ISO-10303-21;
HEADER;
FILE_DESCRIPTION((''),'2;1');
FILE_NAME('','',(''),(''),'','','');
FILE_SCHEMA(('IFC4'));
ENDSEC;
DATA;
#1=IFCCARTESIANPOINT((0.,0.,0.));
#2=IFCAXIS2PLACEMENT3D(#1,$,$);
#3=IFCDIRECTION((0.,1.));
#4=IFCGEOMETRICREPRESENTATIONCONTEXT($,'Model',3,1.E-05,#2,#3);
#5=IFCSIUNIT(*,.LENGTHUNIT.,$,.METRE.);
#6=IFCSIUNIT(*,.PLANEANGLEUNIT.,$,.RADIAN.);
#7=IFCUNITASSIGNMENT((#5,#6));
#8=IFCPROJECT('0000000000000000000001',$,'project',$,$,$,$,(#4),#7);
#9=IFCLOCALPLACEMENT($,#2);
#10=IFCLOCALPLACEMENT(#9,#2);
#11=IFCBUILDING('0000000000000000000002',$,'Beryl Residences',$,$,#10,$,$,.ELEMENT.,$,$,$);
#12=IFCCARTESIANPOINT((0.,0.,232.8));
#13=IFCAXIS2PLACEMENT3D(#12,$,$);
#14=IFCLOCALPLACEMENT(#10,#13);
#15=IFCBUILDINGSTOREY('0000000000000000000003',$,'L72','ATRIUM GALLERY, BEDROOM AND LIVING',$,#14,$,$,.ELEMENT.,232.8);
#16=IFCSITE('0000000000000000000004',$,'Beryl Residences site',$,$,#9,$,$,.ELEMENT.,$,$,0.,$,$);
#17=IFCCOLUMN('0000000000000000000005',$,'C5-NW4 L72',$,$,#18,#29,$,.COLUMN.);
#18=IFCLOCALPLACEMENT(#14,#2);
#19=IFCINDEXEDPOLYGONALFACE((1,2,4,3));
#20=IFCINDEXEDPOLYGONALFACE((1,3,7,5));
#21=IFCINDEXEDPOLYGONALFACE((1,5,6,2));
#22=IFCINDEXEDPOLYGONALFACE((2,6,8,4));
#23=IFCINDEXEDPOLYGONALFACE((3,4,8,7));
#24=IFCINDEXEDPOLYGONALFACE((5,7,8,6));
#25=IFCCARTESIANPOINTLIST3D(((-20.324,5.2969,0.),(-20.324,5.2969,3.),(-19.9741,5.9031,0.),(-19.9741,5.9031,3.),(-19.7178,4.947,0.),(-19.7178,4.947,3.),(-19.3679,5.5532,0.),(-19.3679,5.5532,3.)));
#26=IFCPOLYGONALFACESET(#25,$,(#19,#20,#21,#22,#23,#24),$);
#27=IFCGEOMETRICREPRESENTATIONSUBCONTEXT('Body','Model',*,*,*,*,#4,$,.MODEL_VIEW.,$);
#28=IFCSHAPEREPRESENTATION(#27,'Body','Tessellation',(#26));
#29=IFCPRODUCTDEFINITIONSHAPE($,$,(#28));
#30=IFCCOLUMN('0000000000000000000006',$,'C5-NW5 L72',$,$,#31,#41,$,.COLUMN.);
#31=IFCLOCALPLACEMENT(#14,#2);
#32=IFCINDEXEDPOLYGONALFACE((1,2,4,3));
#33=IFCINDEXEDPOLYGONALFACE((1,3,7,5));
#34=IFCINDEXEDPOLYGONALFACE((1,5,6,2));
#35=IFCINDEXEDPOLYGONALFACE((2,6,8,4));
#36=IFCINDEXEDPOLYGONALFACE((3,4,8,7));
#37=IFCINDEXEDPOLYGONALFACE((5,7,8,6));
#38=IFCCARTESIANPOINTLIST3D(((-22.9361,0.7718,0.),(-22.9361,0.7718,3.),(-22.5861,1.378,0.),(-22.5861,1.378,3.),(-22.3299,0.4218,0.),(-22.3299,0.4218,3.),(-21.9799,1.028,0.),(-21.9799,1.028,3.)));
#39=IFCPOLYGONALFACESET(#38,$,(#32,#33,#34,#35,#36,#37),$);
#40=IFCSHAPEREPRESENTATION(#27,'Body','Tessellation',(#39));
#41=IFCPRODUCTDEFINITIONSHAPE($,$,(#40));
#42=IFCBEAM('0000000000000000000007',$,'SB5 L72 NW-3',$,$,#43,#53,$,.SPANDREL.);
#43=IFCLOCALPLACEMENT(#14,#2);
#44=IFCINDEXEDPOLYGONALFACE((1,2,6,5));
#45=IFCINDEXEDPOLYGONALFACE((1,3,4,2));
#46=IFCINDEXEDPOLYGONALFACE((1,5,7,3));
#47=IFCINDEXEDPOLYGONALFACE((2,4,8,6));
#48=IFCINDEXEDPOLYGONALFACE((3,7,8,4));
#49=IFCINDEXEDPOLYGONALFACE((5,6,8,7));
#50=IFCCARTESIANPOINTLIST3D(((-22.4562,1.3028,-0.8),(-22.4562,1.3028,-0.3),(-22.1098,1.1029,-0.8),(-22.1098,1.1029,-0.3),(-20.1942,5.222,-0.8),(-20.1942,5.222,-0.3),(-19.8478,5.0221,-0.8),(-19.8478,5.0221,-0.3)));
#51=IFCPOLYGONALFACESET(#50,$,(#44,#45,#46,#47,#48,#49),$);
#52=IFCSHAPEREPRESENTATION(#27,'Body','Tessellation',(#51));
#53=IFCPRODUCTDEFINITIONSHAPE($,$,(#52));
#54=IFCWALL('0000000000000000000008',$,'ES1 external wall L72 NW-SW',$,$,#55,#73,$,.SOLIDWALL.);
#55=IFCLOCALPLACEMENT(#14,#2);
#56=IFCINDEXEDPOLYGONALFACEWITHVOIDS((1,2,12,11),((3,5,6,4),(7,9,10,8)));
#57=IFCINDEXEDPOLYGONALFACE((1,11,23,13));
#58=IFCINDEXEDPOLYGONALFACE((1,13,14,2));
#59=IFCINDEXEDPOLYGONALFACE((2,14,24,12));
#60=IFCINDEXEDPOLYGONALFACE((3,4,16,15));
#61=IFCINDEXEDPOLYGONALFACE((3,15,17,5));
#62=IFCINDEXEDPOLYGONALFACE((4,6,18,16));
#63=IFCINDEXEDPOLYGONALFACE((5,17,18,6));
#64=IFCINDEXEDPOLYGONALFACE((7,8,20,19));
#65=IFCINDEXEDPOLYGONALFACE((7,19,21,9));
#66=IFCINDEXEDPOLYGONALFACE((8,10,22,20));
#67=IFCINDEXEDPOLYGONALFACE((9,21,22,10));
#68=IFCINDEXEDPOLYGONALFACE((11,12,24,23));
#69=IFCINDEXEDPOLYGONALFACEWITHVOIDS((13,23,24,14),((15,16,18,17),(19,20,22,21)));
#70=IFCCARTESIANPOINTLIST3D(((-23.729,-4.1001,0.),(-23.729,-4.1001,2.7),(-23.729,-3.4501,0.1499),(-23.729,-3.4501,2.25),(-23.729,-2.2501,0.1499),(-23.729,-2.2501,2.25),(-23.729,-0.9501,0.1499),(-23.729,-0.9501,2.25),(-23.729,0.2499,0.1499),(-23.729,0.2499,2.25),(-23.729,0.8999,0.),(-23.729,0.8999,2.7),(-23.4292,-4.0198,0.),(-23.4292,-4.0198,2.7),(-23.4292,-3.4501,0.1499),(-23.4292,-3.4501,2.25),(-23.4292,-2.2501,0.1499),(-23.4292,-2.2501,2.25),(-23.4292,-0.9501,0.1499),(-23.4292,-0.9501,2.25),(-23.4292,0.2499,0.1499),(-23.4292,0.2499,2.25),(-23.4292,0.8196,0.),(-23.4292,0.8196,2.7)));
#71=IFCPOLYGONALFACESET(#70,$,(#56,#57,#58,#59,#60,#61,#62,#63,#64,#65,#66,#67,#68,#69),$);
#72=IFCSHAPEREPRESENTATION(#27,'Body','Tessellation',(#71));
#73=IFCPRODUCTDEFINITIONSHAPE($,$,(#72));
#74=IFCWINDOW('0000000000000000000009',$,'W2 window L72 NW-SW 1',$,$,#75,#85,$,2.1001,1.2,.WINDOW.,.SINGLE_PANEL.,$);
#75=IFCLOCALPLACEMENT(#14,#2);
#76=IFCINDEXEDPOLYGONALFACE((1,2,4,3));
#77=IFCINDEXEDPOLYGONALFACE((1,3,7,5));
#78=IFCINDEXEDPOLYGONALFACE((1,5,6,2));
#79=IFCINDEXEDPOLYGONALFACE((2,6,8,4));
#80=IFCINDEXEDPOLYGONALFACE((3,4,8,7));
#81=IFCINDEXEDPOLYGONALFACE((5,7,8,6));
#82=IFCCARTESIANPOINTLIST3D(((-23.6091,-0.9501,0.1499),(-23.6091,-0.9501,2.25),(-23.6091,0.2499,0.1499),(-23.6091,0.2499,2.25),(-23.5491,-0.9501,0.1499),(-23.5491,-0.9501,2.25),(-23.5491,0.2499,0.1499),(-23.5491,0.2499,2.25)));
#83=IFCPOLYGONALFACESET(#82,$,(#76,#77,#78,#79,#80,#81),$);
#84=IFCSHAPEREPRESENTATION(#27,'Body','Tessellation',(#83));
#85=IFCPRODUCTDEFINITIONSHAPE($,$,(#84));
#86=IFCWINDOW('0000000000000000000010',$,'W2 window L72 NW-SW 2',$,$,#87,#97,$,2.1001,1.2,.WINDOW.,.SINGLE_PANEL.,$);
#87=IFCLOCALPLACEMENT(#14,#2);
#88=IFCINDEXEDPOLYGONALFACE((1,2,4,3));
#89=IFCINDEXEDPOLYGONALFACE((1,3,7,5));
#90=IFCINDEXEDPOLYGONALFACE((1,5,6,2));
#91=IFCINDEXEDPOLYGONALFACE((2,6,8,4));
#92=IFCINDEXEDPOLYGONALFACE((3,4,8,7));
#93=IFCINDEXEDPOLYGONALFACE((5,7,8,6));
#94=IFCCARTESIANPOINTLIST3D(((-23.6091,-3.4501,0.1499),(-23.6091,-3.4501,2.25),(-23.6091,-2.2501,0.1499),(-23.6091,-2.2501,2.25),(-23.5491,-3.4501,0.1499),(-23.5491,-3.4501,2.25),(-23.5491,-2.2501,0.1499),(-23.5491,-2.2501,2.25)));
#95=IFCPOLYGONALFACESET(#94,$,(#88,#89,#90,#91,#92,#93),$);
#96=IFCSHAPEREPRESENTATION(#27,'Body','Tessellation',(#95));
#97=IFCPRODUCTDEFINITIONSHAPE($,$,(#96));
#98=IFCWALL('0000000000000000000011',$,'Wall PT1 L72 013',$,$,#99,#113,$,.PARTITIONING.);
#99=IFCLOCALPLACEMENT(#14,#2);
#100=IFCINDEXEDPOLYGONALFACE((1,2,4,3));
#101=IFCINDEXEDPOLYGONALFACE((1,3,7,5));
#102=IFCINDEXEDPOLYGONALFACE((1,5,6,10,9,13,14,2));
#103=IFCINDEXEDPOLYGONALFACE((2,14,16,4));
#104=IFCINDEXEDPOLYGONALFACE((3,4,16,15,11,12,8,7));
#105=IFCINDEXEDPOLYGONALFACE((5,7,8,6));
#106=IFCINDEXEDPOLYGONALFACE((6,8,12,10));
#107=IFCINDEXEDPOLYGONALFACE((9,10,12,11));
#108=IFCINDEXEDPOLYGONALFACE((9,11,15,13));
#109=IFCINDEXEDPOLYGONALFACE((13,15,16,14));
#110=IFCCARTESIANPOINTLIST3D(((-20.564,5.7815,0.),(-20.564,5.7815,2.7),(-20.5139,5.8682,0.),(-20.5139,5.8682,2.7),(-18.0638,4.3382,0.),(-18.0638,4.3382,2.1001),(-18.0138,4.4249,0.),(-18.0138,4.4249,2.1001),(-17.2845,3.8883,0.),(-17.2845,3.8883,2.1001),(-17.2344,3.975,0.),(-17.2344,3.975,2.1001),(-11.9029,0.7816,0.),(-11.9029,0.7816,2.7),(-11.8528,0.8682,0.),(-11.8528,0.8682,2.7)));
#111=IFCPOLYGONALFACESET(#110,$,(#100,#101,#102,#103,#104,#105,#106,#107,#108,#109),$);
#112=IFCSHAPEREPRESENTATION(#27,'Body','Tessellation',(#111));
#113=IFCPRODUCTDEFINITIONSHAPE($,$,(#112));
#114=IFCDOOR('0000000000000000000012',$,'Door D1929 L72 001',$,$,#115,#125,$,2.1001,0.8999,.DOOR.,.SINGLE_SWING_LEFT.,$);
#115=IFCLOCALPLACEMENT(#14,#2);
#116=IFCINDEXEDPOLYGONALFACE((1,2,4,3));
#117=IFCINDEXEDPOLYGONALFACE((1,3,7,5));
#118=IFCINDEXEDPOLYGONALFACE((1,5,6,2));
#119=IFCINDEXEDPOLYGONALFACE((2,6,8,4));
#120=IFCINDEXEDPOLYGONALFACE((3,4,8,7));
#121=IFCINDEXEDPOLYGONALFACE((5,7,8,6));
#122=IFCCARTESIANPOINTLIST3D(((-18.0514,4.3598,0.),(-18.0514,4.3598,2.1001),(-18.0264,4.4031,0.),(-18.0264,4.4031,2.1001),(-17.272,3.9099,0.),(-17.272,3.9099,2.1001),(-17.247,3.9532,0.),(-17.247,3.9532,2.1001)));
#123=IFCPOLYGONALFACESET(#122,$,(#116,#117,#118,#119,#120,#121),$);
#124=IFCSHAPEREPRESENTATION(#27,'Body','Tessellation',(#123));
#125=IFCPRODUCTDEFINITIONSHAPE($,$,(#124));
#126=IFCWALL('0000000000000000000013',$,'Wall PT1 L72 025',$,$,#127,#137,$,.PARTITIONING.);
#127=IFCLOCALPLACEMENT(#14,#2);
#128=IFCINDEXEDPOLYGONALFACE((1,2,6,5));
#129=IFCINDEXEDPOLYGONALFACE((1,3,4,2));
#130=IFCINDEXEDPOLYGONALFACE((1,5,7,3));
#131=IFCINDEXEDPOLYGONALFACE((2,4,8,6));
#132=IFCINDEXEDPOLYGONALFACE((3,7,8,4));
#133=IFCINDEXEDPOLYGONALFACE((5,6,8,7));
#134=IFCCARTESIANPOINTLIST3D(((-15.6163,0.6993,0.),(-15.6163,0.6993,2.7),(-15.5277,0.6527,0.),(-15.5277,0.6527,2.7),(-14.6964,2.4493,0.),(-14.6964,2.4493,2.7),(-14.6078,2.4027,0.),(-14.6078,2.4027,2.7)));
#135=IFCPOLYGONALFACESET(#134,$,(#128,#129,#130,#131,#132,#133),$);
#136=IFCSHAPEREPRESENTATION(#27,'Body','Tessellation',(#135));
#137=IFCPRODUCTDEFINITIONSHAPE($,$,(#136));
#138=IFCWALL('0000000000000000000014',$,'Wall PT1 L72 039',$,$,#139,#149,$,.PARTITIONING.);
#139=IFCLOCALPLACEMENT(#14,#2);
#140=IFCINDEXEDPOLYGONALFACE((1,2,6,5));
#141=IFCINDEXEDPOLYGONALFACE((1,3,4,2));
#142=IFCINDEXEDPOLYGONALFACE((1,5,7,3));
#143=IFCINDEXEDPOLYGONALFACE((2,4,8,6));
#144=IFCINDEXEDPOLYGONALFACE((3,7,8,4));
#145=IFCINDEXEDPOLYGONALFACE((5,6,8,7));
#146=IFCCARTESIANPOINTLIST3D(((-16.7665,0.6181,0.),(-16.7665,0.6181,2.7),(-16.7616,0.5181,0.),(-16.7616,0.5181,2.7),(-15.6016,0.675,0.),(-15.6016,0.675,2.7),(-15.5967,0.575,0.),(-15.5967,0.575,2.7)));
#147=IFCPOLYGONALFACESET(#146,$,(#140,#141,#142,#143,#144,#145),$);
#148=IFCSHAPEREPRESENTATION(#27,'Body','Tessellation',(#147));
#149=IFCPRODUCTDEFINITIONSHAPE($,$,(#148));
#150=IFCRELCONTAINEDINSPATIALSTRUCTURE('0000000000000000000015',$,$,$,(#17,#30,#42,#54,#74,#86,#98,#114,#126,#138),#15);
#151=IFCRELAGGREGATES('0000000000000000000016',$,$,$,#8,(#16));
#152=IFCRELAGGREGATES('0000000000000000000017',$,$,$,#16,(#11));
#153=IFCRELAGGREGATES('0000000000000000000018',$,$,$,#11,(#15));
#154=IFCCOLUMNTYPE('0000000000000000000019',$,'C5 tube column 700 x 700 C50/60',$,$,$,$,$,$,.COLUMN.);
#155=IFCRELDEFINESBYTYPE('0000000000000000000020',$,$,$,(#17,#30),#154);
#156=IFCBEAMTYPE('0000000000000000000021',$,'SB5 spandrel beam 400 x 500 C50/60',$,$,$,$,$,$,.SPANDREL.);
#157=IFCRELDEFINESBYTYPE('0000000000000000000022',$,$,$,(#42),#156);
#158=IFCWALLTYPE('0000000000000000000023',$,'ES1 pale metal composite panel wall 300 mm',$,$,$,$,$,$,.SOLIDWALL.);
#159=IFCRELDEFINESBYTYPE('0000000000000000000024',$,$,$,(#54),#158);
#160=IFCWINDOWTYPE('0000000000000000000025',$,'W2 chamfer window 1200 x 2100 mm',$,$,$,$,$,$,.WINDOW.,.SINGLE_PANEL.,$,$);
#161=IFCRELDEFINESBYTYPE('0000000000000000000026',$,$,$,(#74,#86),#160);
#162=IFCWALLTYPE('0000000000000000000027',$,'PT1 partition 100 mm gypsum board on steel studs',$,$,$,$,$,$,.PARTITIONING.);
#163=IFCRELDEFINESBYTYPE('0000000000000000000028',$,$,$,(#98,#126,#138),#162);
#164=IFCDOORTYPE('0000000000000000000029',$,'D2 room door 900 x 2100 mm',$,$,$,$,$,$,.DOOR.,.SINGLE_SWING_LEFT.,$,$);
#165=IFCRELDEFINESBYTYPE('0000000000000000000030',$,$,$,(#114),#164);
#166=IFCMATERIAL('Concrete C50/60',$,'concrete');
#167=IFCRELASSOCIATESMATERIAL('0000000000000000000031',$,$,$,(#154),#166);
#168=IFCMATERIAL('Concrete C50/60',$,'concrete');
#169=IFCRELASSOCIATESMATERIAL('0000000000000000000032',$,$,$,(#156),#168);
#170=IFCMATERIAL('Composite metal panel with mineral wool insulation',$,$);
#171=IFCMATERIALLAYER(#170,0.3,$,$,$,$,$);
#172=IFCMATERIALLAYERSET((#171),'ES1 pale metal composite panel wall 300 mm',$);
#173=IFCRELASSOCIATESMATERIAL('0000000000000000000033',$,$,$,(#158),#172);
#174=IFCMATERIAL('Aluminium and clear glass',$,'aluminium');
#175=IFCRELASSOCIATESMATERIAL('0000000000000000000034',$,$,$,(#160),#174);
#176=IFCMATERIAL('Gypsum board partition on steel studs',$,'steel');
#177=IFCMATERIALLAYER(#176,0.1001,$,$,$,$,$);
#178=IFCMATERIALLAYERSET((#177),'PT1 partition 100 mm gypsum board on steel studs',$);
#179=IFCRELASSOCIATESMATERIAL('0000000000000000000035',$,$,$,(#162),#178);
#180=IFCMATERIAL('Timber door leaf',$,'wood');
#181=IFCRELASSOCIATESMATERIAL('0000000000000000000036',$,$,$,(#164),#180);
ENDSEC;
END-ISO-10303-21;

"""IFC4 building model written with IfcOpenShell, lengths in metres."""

from ifc_helpers import new_model, si_unit, direction, frame, frame_2d, origin, origin_2d, place, context, subcontext, project, spatial, polyline, rectangle, outline, extrude, material, layer, layer_set, material_profile, profile_set, type_object, element, fill, save


model = new_model("IFC4")

# Units and contexts
model_context = context("Model", 3, precision=1e-05, world=origin(), true_north=direction((0.0, 1.0)))
body_context = subcontext(model_context, "Body", "Model", "MODEL_VIEW")
ifc_project = project(units=[si_unit("LENGTHUNIT", "METRE"), si_unit("PLANEANGLEUNIT", "RADIAN")], contexts=[model_context])

# Site, building, storey
site_placement = place(None, origin())
site = spatial("IfcSite", under=ifc_project, at=site_placement, Name="Beryl Residences site", CompositionType="ELEMENT", RefElevation=0.0)
building_placement = place(site_placement, origin())
building = spatial("IfcBuilding", under=site, at=building_placement, Name="Beryl Residences", CompositionType="ELEMENT")
storey_placement = place(building_placement, frame((0.0, 0.0, 232.8)))
storey = spatial("IfcBuildingStorey", under=building, at=storey_placement, Name="L72", Description="ATRIUM GALLERY, BEDROOM AND LIVING", CompositionType="ELEMENT", Elevation=232.8)

# Columns
ifc_material_1 = material(Name="Concrete C50/60", Category="concrete")
ifc_material_profile_1 = material_profile(ifc_material_1, rectangle(XDim=0.7, YDim=0.7, at=origin_2d()))
ifc_profile_set_1 = profile_set([ifc_material_profile_1], Name="Concrete C50/60")
column_type = type_object("IfcColumnType", Name="C5 tube column 700 x 700 C50/60", PredefinedType="COLUMN", material=ifc_profile_set_1)
for number, where, z_axis, x_axis, name in (
    (1, (-19.8459, 5.425, 0.0), (0.0, 0.0, 1.0), (-0.49997, -0.866043, 0.0), "C5-NW4 L72"),
    (2, (-22.458, 0.8999, 0.0), (0.0, 0.0, 1.0), (-0.49997, -0.866043, 0.0), "C5-NW5 L72"),
):
    element("IfcColumn", number, at=place(storey_placement, frame(where, z_axis=z_axis, x_axis=x_axis)), inside=storey, type_object=column_type, Name=name, PredefinedType="COLUMN", context=body_context, shape_type="SweptSolid", body=[
        extrude(rectangle(XDim=0.7, YDim=0.7, at=origin_2d()), origin(), (0.0, 0.0, 1.0), 3.0),
    ])

# Beam
ifc_material_2 = material(Name="Concrete C50/60", Category="concrete")
ifc_material_profile_2 = material_profile(ifc_material_2, rectangle(XDim=0.3999, YDim=0.5, at=origin_2d()))
ifc_profile_set_2 = profile_set([ifc_material_profile_2], Name="Concrete C50/60")
beam_type = type_object("IfcBeamType", Name="SB5 spandrel beam 400 x 500 C50/60", PredefinedType="SPANDREL", material=ifc_profile_set_2)
beam_placement = place(storey_placement, frame((-20.021, 5.1221, -0.55), z_axis=(-0.49987, -0.8661, 0.0), x_axis=(0.8661, -0.49987, 0.0)))
element("IfcBeam", 3, at=beam_placement, inside=storey, type_object=beam_type, Name="SB5 L72 NW-3", PredefinedType="SPANDREL", context=body_context, shape_type="SweptSolid", body=[
    extrude(rectangle(XDim=0.3999, YDim=0.5, at=origin_2d()), origin(), (0.0, 0.0, 1.0), 4.5251),
])

# Wall, openings, windows
ifc_material_3 = material(Name="Composite metal panel with mineral wool insulation")
ifc_layer_1 = layer(ifc_material_3, 0.3)
ifc_layer_set_1 = layer_set([ifc_layer_1], Name="ES1 pale metal composite panel wall 300 mm")
wall_type_1 = type_object("IfcWallType", Name="ES1 pale metal composite panel wall 300 mm", PredefinedType="SOLIDWALL", material=ifc_layer_set_1)
wall_1_placement = place(storey_placement, frame((-23.5791, 0.8999, 0.0), z_axis=(0.0, 0.0, 1.0), x_axis=(0.0, -1.0, 0.0)))
wall_1 = element("IfcWall", 4, at=wall_1_placement, inside=storey, type_object=wall_type_1, Name="ES1 external wall L72 NW-SW", PredefinedType="SOLIDWALL", context=body_context, shape_type="SweptSolid", body=[
    extrude(outline(polyline([(0.0, -0.1499), (5.0, -0.1499), (4.9197, 0.1499), (0.0803, 0.1499), (0.0, -0.1499)])), origin(), (0.0, 0.0, 1.0), 2.7),
])
opening_1_placement = place(wall_1_placement, frame((0.6499, 0.0, 0.1499)))
opening_1 = element("IfcOpeningElement", 5, at=opening_1_placement, cuts=wall_1, PredefinedType="OPENING", context=body_context, shape_type="SweptSolid", body=[
    extrude(rectangle(XDim=1.2, YDim=2.1001, at=frame_2d((0.6001, 1.05))), frame((0.0, 0.1599, 0.0), z_axis=(0.0, -1.0, 0.0), x_axis=(1.0, 0.0, 0.0)), (0.0, 0.0, 1.0), 0.3201),
])
opening_2_placement = place(wall_1_placement, frame((3.1499, 0.0, 0.1499)))
opening_2 = element("IfcOpeningElement", 6, at=opening_2_placement, cuts=wall_1, PredefinedType="OPENING", context=body_context, shape_type="SweptSolid", body=[
    extrude(rectangle(XDim=1.2, YDim=2.1001, at=frame_2d((0.6001, 1.05))), frame((0.0, 0.1599, 0.0), z_axis=(0.0, -1.0, 0.0), x_axis=(1.0, 0.0, 0.0)), (0.0, 0.0, 1.0), 0.3201),
])
ifc_material_4 = material(Name="Aluminium and clear glass", Category="aluminium")
window_type = type_object("IfcWindowType", Name="W2 chamfer window 1200 x 2100 mm", PartitioningType="SINGLE_PANEL", PredefinedType="WINDOW", material=ifc_material_4)
window_1_placement = place(opening_1_placement, origin())
window_1 = element("IfcWindow", 7, at=window_1_placement, inside=storey, type_object=window_type, Name="W2 window L72 NW-SW 1", OverallHeight=2.1001, OverallWidth=1.2, PartitioningType="SINGLE_PANEL", PredefinedType="WINDOW", context=body_context, shape_type="SweptSolid", body=[
    extrude(rectangle(XDim=1.2, YDim=2.1001, at=frame_2d((0.6001, 1.05))), frame((0.0, 0.03, 0.0), z_axis=(0.0, -1.0, 0.0), x_axis=(1.0, 0.0, 0.0)), (0.0, 0.0, 1.0), 0.0601),
])
fill(opening_1, window_1)
window_2_placement = place(opening_2_placement, origin())
window_2 = element("IfcWindow", 8, at=window_2_placement, inside=storey, type_object=window_type, Name="W2 window L72 NW-SW 2", OverallHeight=2.1001, OverallWidth=1.2, PartitioningType="SINGLE_PANEL", PredefinedType="WINDOW", context=body_context, shape_type="SweptSolid", body=[
    extrude(rectangle(XDim=1.2, YDim=2.1001, at=frame_2d((0.6001, 1.05))), frame((0.0, 0.03, 0.0), z_axis=(0.0, -1.0, 0.0), x_axis=(1.0, 0.0, 0.0)), (0.0, 0.0, 1.0), 0.0601),
])
fill(opening_2, window_2)

# Wall, opening, door
ifc_material_5 = material(Name="Gypsum board partition on steel studs", Category="steel")
ifc_layer_2 = layer(ifc_material_5, 0.1001)
ifc_layer_set_2 = layer_set([ifc_layer_2], Name="PT1 partition 100 mm gypsum board on steel studs")
wall_type_2 = type_object("IfcWallType", Name="PT1 partition 100 mm gypsum board on steel studs", PredefinedType="PARTITIONING", material=ifc_layer_set_2)
wall_2_placement = place(storey_placement, frame((-20.5391, 5.825, 0.0), z_axis=(0.0, 0.0, 1.0), x_axis=(0.866047, -0.499962, 0.0)))
wall_2 = element("IfcWall", 9, at=wall_2_placement, inside=storey, type_object=wall_type_2, Name="Wall PT1 L72 013", PredefinedType="PARTITIONING", context=body_context, shape_type="SweptSolid", body=[
    extrude(rectangle(XDim=10.0007, YDim=0.1001, at=frame_2d((5.0005, 0.0))), origin(), (0.0, 0.0, 1.0), 2.7),
])
opening_3_placement = place(wall_2_placement, frame((2.887, 0.0, 0.0)))
opening_3 = element("IfcOpeningElement", 10, at=opening_3_placement, cuts=wall_2, PredefinedType="OPENING", context=body_context, shape_type="SweptSolid", body=[
    extrude(rectangle(XDim=0.8999, YDim=2.1001, at=frame_2d((0.45, 1.05))), frame((0.0, 0.0601, 0.0), z_axis=(0.0, -1.0, 0.0), x_axis=(1.0, 0.0, 0.0)), (0.0, 0.0, 1.0), 0.1201),
])
ifc_material_6 = material(Name="Timber door leaf", Category="wood")
door_type = type_object("IfcDoorType", Name="D2 room door 900 x 2100 mm", OperationType="SINGLE_SWING_LEFT", PredefinedType="DOOR", material=ifc_material_6)
door_placement = place(opening_3_placement, origin())
door = element("IfcDoor", 11, at=door_placement, inside=storey, type_object=door_type, Name="Door D1929 L72 001", OperationType="SINGLE_SWING_LEFT", OverallHeight=2.1001, OverallWidth=0.8999, PredefinedType="DOOR", context=body_context, shape_type="SweptSolid", body=[
    extrude(rectangle(XDim=0.8999, YDim=2.1001, at=frame_2d((0.45, 1.05))), frame((0.0, 0.0249, 0.0), z_axis=(0.0, -1.0, 0.0), x_axis=(1.0, 0.0, 0.0)), (0.0, 0.0, 1.0), 0.05),
])
fill(opening_3, door)

# Walls
wall_3_placement = place(storey_placement, frame((-15.572, 0.676, 0.0), z_axis=(0.0, 0.0, 1.0), x_axis=(0.465298, 0.885154, 0.0)))
element("IfcWall", 12, at=wall_3_placement, inside=storey, type_object=wall_type_2, Name="Wall PT1 L72 025", PredefinedType="PARTITIONING", context=body_context, shape_type="SweptSolid", body=[
    extrude(rectangle(XDim=1.9771, YDim=0.1001, at=frame_2d((0.9885, 0.0))), origin(), (0.0, 0.0, 1.0), 2.7),
])
wall_4_placement = place(storey_placement, frame((-16.7639, 0.5681, 0.0), z_axis=(0.0, 0.0, 1.0), x_axis=(0.99881, 0.048779, 0.0)))
element("IfcWall", 13, at=wall_4_placement, inside=storey, type_object=wall_type_2, Name="Wall PT1 L72 039", PredefinedType="PARTITIONING", context=body_context, shape_type="SweptSolid", body=[
    extrude(rectangle(XDim=1.1663, YDim=0.1001, at=frame_2d((0.583, 0.0))), origin(), (0.0, 0.0, 1.0), 2.7),
])

save(model, "model.ifc")
